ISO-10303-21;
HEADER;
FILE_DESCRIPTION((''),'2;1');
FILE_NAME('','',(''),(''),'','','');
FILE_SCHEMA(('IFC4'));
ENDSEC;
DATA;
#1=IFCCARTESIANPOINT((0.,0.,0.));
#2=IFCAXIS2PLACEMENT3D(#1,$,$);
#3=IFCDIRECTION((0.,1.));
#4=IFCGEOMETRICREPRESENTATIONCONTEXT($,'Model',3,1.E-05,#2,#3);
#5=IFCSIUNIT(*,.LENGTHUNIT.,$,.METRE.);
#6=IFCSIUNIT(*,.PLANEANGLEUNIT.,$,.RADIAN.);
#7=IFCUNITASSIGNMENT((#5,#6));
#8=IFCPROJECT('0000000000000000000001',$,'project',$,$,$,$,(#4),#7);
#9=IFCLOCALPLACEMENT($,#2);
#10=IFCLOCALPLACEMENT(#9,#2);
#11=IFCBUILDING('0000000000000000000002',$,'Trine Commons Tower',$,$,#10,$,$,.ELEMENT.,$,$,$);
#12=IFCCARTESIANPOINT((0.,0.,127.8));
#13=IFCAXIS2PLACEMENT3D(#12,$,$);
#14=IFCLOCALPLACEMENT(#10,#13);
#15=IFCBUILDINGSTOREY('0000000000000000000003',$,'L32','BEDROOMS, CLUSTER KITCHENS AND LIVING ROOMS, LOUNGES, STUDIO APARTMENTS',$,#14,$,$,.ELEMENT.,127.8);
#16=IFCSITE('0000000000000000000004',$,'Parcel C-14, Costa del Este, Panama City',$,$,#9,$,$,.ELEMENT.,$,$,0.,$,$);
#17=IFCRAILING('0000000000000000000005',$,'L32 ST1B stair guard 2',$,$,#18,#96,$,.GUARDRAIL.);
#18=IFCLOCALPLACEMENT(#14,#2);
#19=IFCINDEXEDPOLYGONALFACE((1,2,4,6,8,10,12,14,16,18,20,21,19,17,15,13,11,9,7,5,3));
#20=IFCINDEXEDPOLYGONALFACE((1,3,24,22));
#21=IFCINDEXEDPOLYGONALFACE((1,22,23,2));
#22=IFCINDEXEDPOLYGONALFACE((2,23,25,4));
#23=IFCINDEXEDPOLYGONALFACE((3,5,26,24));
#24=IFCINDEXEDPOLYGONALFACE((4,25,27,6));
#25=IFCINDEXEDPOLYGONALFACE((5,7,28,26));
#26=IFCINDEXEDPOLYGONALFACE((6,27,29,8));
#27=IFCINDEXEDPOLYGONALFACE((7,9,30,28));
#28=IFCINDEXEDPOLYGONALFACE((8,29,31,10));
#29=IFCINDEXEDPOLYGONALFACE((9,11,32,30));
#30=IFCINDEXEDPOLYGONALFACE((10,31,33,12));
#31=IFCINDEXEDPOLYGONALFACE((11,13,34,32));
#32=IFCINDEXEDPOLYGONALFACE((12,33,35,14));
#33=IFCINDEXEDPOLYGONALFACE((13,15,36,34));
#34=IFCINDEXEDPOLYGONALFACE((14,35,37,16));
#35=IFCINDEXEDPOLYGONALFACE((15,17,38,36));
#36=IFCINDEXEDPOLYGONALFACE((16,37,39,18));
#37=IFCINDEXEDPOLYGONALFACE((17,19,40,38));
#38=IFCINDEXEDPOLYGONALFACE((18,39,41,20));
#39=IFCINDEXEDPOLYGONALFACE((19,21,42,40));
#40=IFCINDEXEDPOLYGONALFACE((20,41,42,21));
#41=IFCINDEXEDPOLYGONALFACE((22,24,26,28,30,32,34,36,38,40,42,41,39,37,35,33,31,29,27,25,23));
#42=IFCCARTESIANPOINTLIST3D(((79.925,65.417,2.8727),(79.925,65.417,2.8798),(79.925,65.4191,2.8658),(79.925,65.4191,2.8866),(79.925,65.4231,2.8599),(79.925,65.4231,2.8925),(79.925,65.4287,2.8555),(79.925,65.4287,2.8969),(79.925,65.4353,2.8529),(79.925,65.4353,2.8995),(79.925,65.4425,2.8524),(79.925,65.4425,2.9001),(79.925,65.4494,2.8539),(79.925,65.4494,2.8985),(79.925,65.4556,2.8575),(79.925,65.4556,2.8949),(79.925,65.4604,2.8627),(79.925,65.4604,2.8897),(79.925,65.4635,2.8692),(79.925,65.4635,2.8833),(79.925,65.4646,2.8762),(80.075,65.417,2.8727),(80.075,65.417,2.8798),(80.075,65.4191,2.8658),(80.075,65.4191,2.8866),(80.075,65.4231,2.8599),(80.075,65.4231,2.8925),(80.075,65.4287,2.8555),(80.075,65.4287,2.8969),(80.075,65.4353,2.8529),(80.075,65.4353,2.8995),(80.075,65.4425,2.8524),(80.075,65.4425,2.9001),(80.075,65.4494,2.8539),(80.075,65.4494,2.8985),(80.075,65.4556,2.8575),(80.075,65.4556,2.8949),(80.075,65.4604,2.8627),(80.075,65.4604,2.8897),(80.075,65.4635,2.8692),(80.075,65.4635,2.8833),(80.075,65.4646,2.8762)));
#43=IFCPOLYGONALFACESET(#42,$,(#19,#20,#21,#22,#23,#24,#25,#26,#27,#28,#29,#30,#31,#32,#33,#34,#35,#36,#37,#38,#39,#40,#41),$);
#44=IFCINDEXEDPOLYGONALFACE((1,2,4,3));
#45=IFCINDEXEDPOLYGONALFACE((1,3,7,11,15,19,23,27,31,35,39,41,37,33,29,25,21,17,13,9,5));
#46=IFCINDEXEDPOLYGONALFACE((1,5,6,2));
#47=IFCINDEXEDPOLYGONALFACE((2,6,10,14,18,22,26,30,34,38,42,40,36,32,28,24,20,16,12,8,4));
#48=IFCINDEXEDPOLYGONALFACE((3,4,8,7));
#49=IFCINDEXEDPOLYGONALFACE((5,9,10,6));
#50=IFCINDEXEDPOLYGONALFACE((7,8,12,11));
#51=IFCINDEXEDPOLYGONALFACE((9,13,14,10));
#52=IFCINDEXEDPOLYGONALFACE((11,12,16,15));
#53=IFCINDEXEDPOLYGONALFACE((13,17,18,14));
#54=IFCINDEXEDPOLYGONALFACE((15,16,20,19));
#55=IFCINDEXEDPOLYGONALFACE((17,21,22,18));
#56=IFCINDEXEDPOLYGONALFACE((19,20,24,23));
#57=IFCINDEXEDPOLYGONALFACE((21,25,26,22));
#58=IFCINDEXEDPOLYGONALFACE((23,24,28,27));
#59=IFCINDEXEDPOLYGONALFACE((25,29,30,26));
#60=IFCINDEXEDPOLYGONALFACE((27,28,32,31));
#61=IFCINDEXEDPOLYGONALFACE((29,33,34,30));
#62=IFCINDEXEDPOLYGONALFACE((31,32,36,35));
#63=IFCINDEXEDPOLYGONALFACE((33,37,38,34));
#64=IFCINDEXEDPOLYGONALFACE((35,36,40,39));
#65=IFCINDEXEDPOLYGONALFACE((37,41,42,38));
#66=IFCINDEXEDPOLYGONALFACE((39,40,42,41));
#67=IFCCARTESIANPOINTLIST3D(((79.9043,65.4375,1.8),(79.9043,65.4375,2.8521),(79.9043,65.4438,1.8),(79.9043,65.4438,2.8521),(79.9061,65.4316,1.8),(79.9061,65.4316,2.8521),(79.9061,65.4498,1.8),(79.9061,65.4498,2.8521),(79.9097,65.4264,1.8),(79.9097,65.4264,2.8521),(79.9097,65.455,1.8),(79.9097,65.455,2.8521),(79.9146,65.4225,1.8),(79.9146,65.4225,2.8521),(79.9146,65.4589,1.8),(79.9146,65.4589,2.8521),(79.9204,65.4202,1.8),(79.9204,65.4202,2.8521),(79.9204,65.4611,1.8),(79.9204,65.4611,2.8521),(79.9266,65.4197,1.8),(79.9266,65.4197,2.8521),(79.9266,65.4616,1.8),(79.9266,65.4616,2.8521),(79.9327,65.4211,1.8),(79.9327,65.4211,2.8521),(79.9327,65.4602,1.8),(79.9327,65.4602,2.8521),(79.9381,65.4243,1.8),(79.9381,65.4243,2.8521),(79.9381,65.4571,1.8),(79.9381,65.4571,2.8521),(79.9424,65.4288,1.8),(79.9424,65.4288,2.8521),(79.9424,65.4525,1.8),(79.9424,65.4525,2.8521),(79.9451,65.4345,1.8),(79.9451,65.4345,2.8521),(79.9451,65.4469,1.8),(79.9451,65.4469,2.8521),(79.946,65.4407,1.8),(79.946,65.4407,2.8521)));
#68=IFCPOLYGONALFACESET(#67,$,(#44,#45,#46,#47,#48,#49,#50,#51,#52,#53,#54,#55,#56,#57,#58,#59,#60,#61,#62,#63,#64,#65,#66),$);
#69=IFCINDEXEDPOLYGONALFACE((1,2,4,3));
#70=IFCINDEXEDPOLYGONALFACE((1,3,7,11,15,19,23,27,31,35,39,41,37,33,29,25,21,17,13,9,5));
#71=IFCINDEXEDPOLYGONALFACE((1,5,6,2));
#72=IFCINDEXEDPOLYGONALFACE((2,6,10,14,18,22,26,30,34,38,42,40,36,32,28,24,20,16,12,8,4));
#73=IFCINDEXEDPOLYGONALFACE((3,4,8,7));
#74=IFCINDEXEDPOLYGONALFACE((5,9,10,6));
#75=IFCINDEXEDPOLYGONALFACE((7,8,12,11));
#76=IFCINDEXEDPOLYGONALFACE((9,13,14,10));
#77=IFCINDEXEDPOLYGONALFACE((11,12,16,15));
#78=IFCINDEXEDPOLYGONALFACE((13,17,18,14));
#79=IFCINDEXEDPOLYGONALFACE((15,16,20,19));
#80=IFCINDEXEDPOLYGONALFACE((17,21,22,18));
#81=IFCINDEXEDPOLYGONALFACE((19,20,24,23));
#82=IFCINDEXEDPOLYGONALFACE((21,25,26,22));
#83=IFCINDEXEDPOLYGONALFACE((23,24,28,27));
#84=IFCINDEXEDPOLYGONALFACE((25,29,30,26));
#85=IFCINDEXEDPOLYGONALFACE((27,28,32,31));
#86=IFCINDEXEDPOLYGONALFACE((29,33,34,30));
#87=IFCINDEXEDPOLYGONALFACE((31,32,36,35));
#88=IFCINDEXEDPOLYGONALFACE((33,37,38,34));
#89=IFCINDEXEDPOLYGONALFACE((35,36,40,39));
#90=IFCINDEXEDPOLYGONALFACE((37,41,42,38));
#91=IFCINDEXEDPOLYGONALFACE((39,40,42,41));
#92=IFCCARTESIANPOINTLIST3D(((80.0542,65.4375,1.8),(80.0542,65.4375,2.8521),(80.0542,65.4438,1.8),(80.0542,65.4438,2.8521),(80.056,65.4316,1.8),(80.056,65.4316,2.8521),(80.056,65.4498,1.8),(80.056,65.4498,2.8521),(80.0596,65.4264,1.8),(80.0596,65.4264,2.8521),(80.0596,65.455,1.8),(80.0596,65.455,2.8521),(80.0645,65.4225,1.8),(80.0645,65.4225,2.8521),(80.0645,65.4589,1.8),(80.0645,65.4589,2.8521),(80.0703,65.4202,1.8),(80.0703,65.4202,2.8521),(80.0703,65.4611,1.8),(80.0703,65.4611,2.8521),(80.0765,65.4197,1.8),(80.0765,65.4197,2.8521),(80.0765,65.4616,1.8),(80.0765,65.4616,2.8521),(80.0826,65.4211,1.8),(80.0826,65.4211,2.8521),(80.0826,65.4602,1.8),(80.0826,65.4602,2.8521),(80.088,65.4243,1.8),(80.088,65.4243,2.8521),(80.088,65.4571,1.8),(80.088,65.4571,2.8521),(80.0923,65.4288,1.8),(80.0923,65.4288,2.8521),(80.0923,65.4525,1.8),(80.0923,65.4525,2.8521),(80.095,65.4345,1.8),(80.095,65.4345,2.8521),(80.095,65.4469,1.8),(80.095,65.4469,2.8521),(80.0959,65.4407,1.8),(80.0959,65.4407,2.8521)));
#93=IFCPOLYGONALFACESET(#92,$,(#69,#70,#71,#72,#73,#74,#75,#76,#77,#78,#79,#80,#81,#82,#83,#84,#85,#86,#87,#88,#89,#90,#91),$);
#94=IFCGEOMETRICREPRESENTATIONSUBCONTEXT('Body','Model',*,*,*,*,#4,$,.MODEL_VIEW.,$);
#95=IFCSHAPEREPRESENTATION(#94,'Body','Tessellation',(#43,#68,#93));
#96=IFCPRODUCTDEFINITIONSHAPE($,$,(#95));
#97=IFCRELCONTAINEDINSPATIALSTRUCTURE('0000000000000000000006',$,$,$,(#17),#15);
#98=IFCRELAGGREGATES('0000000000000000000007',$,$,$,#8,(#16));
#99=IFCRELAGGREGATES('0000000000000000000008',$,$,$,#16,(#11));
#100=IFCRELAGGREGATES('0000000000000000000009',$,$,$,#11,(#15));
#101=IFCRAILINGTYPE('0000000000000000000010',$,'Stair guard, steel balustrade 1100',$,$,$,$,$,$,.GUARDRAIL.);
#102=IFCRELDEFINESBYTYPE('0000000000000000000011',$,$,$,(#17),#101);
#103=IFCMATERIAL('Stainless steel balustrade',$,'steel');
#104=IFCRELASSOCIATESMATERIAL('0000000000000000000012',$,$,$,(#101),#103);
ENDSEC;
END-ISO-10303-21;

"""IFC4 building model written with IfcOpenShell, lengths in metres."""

from ifc_helpers import new_model, si_unit, direction, frame, origin, origin_2d, place, context, subcontext, project, spatial, circle, extrude, material, type_object, element, save


model = new_model("IFC4")

# Units and contexts
model_context = context("Model", 3, precision=1e-05, world=origin(), true_north=direction((0.0, 1.0)))
body_context = subcontext(model_context, "Body", "Model", "MODEL_VIEW")
ifc_project = project(units=[si_unit("LENGTHUNIT", "METRE"), si_unit("PLANEANGLEUNIT", "RADIAN")], contexts=[model_context])

# Site, building, storey
site_placement = place(None, origin())
site = spatial("IfcSite", under=ifc_project, at=site_placement, Name="Parcel C-14, Costa del Este, Panama City", CompositionType="ELEMENT", RefElevation=0.0)
building_placement = place(site_placement, origin())
building = spatial("IfcBuilding", under=site, at=building_placement, Name="Trine Commons Tower", CompositionType="ELEMENT")
storey_placement = place(building_placement, frame((0.0, 0.0, 127.8)))
storey = spatial("IfcBuildingStorey", under=building, at=storey_placement, Name="L32", Description="BEDROOMS, CLUSTER KITCHENS AND LIVING ROOMS, LOUNGES, STUDIO APARTMENTS", CompositionType="ELEMENT", Elevation=127.8)

# Railing
ifc_material_1 = material(Name="Stainless steel balustrade", Category="steel")
railing_type_1 = type_object("IfcRailingType", Name="Stair guard, steel balustrade 1100", PredefinedType="GUARDRAIL", material=ifc_material_1)
railing_1_placement = place(storey_placement, frame((79.925, 65.4407, 1.8)))
element("IfcRailing", 1, at=railing_1_placement, inside=storey, type_object=railing_type_1, Name="L32 ST1B stair guard 2", PredefinedType="GUARDRAIL", context=body_context, shape_type="SweptSolid", body=[
    extrude(circle(Radius=0.0239, at=origin_2d()), frame((0.0, 0.0, 1.0762), z_axis=(1.0, 0.0, 0.0), x_axis=(0.0, 1.0, 0.0)), (0.0, 0.0, 1.0), 0.1499),
    extrude(circle(Radius=0.021, at=origin_2d()), origin(), (0.0, 0.0, 1.0), 1.052),
    extrude(circle(Radius=0.021, at=origin_2d()), frame((0.1499, 0.0, 0.0)), (0.0, 0.0, 1.0), 1.052),
])

save(model, "model.ifc")
